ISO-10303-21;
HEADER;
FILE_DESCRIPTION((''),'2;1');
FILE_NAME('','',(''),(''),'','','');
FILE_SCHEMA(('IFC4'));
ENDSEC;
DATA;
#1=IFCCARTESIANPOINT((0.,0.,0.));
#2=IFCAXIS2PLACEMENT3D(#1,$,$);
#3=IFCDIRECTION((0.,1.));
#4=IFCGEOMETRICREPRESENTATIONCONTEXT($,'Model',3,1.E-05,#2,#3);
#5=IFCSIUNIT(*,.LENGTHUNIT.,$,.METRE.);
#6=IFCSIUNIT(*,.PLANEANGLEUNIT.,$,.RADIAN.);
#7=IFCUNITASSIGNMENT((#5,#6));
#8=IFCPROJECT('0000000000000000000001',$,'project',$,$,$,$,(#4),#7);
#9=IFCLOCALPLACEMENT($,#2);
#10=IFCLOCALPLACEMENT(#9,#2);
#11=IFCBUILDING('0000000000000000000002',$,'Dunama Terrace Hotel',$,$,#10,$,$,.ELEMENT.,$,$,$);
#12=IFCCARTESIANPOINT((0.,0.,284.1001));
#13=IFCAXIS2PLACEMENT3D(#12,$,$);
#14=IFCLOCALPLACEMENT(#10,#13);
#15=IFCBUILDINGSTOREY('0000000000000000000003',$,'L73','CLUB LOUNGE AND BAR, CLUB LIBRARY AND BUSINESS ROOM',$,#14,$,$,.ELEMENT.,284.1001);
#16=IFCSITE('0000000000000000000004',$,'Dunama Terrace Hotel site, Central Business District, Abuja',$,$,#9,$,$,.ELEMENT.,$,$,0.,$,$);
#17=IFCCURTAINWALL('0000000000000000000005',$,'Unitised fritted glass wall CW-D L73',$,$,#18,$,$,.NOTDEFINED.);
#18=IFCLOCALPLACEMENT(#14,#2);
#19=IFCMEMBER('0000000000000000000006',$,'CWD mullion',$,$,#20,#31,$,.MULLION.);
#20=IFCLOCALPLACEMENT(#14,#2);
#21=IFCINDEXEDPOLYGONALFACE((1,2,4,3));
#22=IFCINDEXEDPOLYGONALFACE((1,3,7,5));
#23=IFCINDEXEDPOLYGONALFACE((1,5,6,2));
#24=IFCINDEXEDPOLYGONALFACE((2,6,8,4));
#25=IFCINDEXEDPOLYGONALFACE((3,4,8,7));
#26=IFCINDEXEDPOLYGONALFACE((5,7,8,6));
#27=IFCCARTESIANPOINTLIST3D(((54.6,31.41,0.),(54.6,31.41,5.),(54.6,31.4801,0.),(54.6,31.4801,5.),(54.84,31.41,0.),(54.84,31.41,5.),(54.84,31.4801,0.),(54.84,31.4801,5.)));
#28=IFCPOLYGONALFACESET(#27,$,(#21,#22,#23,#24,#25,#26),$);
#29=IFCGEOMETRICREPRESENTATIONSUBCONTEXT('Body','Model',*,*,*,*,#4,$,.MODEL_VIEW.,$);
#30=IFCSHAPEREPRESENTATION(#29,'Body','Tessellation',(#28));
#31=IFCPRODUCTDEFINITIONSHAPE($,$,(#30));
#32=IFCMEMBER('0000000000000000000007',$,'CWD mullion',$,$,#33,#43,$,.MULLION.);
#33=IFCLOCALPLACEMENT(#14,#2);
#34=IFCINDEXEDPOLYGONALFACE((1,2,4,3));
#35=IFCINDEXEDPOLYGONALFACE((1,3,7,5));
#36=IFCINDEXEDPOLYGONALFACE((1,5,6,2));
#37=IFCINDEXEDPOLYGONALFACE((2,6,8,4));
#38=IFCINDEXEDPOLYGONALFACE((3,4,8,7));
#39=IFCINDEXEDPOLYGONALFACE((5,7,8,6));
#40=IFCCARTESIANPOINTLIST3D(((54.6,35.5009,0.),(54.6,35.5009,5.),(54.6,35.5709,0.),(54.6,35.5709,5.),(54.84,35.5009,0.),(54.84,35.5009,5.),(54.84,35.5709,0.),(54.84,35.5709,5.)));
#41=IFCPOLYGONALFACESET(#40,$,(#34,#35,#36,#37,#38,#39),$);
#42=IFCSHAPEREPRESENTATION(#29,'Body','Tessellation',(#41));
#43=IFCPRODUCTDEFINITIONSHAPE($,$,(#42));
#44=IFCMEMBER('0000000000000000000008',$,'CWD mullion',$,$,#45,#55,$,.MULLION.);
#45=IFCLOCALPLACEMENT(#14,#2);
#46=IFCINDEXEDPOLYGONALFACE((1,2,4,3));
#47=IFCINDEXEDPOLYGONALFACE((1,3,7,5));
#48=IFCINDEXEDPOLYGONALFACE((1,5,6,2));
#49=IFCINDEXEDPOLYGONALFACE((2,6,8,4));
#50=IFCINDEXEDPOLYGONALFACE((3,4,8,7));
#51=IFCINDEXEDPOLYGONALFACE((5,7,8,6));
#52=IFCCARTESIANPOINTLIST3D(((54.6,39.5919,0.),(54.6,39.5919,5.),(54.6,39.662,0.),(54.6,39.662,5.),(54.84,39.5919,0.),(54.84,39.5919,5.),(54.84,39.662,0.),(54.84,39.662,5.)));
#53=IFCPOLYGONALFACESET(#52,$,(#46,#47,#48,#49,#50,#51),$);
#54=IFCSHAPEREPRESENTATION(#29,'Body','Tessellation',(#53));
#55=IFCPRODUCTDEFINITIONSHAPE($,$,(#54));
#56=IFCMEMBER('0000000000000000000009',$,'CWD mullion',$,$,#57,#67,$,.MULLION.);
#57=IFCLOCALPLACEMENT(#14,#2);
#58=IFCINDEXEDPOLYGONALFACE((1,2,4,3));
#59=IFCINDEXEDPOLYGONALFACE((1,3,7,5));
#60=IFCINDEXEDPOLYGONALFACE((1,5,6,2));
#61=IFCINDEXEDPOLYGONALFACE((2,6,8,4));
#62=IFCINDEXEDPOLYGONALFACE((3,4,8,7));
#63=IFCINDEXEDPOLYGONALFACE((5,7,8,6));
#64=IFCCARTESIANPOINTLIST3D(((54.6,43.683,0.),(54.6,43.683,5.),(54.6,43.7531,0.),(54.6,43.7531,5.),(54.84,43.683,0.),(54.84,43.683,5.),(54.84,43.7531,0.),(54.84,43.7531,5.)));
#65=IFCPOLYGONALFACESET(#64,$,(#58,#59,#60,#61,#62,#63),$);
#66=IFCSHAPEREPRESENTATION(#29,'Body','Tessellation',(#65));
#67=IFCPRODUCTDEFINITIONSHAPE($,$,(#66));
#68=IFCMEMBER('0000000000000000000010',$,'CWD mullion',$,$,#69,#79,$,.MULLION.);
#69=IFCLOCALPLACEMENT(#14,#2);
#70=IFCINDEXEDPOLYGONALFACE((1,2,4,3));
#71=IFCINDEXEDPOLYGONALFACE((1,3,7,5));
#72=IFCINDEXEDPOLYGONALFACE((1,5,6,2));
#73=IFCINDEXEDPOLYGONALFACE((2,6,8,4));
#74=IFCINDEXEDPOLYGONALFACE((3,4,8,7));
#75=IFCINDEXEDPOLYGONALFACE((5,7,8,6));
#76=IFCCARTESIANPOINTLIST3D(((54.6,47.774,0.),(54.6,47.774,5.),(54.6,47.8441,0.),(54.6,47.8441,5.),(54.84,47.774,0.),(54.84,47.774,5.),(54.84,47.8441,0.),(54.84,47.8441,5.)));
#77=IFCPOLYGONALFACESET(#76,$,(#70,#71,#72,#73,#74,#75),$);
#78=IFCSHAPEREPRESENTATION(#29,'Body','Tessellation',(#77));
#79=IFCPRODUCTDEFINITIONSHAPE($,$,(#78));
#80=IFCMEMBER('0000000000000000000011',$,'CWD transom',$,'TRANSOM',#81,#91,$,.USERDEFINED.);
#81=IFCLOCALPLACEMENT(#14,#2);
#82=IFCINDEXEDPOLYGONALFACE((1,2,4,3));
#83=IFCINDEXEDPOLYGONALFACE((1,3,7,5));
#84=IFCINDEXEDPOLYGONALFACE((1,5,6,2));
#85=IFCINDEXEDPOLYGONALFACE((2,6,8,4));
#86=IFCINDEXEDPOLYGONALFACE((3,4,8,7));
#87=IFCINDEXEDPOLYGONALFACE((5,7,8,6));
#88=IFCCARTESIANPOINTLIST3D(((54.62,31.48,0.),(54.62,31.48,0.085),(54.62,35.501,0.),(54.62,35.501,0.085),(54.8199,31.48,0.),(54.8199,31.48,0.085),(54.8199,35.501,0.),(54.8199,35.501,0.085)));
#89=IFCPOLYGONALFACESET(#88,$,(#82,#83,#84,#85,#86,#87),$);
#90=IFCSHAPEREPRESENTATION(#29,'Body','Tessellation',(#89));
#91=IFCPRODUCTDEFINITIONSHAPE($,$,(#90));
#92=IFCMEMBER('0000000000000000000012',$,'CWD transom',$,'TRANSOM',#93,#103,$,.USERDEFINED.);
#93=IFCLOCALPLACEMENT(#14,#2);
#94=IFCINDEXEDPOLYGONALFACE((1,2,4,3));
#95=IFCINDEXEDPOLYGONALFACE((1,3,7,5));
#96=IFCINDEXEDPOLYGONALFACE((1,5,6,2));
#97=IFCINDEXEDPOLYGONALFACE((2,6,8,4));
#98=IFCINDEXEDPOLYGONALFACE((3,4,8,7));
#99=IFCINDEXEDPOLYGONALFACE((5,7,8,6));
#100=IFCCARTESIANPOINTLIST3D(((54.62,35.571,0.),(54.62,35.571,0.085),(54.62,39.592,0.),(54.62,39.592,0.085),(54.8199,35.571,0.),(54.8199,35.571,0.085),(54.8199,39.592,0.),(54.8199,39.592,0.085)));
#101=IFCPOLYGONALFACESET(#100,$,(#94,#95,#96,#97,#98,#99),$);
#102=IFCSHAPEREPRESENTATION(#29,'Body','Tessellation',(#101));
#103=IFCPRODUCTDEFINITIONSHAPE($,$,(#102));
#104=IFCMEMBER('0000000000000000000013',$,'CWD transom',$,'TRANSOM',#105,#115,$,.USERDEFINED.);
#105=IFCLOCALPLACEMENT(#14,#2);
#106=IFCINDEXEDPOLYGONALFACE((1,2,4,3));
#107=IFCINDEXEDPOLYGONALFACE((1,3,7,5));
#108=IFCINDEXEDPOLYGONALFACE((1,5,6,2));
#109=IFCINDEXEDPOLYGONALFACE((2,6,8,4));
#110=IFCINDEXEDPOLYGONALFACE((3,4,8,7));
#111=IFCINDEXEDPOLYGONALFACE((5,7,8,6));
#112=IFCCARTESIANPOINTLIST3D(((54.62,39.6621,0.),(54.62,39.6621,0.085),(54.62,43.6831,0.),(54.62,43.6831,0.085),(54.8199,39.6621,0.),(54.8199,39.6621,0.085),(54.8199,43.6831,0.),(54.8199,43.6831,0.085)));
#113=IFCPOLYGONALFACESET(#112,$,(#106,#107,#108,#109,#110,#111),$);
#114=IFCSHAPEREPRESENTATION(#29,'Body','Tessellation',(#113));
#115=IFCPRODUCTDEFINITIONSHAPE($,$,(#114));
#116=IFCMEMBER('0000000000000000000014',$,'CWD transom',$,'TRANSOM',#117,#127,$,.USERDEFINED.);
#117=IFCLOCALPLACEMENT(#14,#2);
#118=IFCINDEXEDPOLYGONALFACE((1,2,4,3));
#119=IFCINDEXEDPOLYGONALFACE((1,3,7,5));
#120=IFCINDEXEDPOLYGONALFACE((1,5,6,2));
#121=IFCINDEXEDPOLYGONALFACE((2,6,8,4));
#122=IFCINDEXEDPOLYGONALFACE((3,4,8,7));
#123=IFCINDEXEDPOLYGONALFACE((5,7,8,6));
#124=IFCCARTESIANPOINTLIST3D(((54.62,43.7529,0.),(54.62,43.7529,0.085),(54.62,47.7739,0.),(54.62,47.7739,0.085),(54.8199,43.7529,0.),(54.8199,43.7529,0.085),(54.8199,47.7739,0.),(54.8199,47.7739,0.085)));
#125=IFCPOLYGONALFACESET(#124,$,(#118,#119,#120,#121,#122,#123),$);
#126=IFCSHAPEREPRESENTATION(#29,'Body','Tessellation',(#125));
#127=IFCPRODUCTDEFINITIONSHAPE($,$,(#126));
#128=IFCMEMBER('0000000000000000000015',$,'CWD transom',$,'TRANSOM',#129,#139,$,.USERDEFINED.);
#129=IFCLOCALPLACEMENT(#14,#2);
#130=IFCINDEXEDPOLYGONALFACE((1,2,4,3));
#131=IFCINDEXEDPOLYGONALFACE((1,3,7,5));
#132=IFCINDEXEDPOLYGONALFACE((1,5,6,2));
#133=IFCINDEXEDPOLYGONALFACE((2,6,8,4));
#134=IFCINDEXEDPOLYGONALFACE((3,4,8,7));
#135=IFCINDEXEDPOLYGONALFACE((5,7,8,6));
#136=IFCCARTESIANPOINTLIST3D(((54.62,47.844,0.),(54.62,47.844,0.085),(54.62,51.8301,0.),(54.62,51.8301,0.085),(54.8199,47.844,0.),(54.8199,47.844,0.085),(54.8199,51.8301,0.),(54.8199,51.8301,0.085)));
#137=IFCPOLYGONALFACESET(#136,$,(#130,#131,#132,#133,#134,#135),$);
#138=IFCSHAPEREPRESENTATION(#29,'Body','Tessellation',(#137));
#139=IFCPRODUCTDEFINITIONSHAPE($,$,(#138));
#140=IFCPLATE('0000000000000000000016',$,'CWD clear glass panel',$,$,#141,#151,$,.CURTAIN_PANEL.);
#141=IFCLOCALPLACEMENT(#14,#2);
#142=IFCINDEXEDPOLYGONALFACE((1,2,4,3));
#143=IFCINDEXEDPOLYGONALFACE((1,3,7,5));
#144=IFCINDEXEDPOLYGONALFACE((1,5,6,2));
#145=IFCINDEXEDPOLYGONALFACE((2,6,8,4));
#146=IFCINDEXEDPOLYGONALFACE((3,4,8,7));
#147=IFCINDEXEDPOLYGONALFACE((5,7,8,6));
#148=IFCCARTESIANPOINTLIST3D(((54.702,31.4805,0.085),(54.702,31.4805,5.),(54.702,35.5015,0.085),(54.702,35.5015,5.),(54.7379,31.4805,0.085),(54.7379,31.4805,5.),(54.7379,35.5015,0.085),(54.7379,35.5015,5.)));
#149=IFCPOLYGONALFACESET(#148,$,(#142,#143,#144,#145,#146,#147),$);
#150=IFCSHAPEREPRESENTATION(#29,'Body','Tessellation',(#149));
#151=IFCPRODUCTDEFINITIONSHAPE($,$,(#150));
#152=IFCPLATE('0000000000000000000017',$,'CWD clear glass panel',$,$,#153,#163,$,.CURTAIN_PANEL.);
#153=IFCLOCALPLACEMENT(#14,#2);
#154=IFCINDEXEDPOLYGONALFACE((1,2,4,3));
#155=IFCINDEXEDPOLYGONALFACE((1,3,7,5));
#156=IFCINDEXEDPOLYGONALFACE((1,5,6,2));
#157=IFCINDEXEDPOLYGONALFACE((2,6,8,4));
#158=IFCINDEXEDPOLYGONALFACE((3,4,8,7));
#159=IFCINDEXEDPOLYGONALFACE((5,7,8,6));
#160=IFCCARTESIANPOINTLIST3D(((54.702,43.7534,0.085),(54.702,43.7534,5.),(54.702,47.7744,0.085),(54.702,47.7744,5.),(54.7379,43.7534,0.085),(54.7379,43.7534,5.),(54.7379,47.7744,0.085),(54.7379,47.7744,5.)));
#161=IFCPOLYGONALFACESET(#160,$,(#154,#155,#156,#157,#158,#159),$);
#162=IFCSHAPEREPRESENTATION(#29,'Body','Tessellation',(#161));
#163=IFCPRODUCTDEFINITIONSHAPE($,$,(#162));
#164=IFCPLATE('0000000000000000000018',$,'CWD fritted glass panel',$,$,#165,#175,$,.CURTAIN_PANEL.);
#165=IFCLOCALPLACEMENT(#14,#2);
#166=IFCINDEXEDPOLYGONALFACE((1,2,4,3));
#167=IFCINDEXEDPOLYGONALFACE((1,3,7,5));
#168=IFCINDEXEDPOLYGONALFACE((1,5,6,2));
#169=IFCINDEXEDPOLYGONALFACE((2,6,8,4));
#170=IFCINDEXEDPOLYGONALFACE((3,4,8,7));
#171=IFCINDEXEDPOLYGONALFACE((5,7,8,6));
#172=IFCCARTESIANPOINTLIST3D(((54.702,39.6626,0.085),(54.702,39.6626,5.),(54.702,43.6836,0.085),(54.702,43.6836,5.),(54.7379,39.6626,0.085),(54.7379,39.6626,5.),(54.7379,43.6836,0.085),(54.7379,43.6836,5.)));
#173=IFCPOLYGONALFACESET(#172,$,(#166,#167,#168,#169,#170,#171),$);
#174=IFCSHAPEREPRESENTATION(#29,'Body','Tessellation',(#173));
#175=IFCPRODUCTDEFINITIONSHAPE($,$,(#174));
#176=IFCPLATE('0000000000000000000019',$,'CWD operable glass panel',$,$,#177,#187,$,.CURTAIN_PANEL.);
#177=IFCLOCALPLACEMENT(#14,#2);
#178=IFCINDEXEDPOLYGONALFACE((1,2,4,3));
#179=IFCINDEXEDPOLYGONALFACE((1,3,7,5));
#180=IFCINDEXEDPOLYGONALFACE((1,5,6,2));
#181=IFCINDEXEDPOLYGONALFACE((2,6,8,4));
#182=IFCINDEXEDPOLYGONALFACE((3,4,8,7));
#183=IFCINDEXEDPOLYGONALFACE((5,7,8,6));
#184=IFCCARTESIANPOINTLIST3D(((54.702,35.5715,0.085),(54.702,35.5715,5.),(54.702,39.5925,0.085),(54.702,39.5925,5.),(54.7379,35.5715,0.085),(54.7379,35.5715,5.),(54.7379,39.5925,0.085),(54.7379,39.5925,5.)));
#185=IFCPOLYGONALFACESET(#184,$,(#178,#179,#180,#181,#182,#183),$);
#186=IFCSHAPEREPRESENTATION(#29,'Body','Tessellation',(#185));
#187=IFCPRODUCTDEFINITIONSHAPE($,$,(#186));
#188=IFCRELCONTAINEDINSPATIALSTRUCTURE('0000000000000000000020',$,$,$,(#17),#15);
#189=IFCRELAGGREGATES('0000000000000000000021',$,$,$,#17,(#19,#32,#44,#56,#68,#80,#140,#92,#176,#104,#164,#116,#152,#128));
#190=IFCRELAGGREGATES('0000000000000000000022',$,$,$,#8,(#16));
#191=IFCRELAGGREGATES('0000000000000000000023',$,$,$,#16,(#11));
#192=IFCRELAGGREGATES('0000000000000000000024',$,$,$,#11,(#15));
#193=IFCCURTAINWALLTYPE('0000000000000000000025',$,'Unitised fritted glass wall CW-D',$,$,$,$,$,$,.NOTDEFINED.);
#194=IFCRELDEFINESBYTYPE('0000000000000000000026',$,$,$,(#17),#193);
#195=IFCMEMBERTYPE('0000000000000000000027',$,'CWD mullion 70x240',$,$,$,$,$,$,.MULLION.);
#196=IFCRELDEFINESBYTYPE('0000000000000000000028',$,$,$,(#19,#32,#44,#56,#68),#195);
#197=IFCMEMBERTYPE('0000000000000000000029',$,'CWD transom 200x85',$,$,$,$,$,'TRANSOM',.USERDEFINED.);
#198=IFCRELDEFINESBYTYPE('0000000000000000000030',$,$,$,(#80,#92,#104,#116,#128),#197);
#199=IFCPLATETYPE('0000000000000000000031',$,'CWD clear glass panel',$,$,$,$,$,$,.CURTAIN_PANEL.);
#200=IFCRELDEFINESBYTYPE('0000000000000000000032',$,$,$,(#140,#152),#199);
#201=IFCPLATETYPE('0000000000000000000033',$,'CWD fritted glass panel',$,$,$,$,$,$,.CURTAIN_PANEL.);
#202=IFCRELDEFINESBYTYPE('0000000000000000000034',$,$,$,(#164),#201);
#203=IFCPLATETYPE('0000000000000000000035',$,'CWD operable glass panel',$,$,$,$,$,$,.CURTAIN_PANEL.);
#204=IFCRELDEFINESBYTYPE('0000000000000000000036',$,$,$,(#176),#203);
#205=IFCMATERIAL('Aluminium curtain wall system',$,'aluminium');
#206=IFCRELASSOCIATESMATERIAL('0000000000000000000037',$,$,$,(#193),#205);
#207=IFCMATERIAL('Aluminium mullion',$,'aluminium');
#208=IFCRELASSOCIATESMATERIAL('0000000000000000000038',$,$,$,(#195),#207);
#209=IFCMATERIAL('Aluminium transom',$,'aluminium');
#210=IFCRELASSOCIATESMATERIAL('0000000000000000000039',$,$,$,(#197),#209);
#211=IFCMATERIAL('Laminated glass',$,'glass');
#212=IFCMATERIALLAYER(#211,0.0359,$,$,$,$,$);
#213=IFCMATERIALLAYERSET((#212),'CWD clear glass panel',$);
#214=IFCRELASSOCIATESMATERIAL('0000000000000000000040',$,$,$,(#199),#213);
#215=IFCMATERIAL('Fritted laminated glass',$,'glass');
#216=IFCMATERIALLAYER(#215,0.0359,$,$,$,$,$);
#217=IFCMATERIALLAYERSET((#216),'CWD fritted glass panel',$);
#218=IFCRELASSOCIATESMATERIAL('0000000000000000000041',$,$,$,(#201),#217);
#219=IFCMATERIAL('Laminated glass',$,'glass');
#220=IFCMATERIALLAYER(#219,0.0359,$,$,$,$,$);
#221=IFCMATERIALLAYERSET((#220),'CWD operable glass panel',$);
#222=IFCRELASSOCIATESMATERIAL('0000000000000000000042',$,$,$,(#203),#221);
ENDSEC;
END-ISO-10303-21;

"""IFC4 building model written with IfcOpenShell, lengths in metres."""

from ifc_helpers import new_model, si_unit, direction, frame, origin, origin_2d, place, context, subcontext, project, spatial, rectangle, extrude, material, layer, layer_set, material_profile, profile_set, type_object, element, aggregate, save


model = new_model("IFC4")

# Units and contexts
model_context = context("Model", 3, precision=1e-05, world=origin(), true_north=direction((0.0, 1.0)))
body_context = subcontext(model_context, "Body", "Model", "MODEL_VIEW")
ifc_project = project(units=[si_unit("LENGTHUNIT", "METRE"), si_unit("PLANEANGLEUNIT", "RADIAN")], contexts=[model_context])

# Site, building, storey
site_placement = place(None, origin())
site = spatial("IfcSite", under=ifc_project, at=site_placement, Name="Dunama Terrace Hotel site, Central Business District, Abuja", CompositionType="ELEMENT", RefElevation=0.0)
building_placement = place(site_placement, origin())
building = spatial("IfcBuilding", under=site, at=building_placement, Name="Dunama Terrace Hotel", CompositionType="ELEMENT")
storey_placement = place(building_placement, frame((0.0, 0.0, 284.1001)))
storey = spatial("IfcBuildingStorey", under=building, at=storey_placement, Name="L73", Description="CLUB LOUNGE AND BAR, CLUB LIBRARY AND BUSINESS ROOM", CompositionType="ELEMENT", Elevation=284.1001)

# Curtain wall, members, plates
ifc_material_1 = material(Name="Aluminium curtain wall system", Category="aluminium")
curtain_wall_type = type_object("IfcCurtainWallType", Name="Unitised fritted glass wall CW-D", PredefinedType="NOTDEFINED", material=ifc_material_1)
curtain_wall_placement = place(storey_placement, origin())
curtain_wall = element("IfcCurtainWall", 1, at=curtain_wall_placement, inside=storey, type_object=curtain_wall_type, Name="Unitised fritted glass wall CW-D L73", PredefinedType="NOTDEFINED")
ifc_material_2 = material(Name="Aluminium mullion", Category="aluminium")
ifc_material_profile_1 = material_profile(ifc_material_2, rectangle(XDim=0.0701, YDim=0.24, at=origin_2d()), Name="CWD MULLION 70X240")
ifc_profile_set_1 = profile_set([ifc_material_profile_1], Name="Aluminium mullion")
member_type_1 = type_object("IfcMemberType", Name="CWD mullion 70x240", PredefinedType="MULLION", material=ifc_profile_set_1)
member_1_placement = place(storey_placement, frame((54.72, 31.4451, 0.0), z_axis=(0.0, 0.0, 1.0), x_axis=(0.0, 1.0, 0.0)))
member_1 = element("IfcMember", 2, at=member_1_placement, type_object=member_type_1, Name="CWD mullion", PredefinedType="MULLION", context=body_context, shape_type="SweptSolid", body=[
    extrude(rectangle(XDim=0.0701, YDim=0.24, at=origin_2d()), origin(), (0.0, 0.0, 1.0), 5.0),
])
member_2_placement = place(storey_placement, frame((54.72, 35.5359, 0.0), z_axis=(0.0, 0.0, 1.0), x_axis=(0.0, 1.0, 0.0)))
member_2 = element("IfcMember", 3, at=member_2_placement, type_object=member_type_1, Name="CWD mullion", PredefinedType="MULLION", context=body_context, shape_type="SweptSolid", body=[
    extrude(rectangle(XDim=0.0701, YDim=0.24, at=origin_2d()), origin(), (0.0, 0.0, 1.0), 5.0),
])
member_3_placement = place(storey_placement, frame((54.72, 39.627, 0.0), z_axis=(0.0, 0.0, 1.0), x_axis=(0.0, 1.0, 0.0)))
member_3 = element("IfcMember", 4, at=member_3_placement, type_object=member_type_1, Name="CWD mullion", PredefinedType="MULLION", context=body_context, shape_type="SweptSolid", body=[
    extrude(rectangle(XDim=0.0701, YDim=0.24, at=origin_2d()), origin(), (0.0, 0.0, 1.0), 5.0),
])
member_4_placement = place(storey_placement, frame((54.72, 43.718, 0.0), z_axis=(0.0, 0.0, 1.0), x_axis=(0.0, 1.0, 0.0)))
member_4 = element("IfcMember", 5, at=member_4_placement, type_object=member_type_1, Name="CWD mullion", PredefinedType="MULLION", context=body_context, shape_type="SweptSolid", body=[
    extrude(rectangle(XDim=0.0701, YDim=0.24, at=origin_2d()), origin(), (0.0, 0.0, 1.0), 5.0),
])
member_5_placement = place(storey_placement, frame((54.72, 47.8091, 0.0), z_axis=(0.0, 0.0, 1.0), x_axis=(0.0, 1.0, 0.0)))
member_5 = element("IfcMember", 6, at=member_5_placement, type_object=member_type_1, Name="CWD mullion", PredefinedType="MULLION", context=body_context, shape_type="SweptSolid", body=[
    extrude(rectangle(XDim=0.0701, YDim=0.24, at=origin_2d()), origin(), (0.0, 0.0, 1.0), 5.0),
])
ifc_material_3 = material(Name="Aluminium transom", Category="aluminium")
ifc_material_profile_2 = material_profile(ifc_material_3, rectangle(XDim=0.2, YDim=0.085, at=origin_2d()), Name="CWD TRANSOM 200X85")
ifc_profile_set_2 = profile_set([ifc_material_profile_2], Name="Aluminium transom")
member_type_2 = type_object("IfcMemberType", Name="CWD transom 200x85", ElementType="TRANSOM", PredefinedType="USERDEFINED", material=ifc_profile_set_2)
member_6_placement = place(storey_placement, frame((54.72, 31.48, 0.0425), z_axis=(0.0, 1.0, 0.0), x_axis=(-1.0, 0.0, 0.0)))
member_6 = element("IfcMember", 7, at=member_6_placement, type_object=member_type_2, Name="CWD transom", ObjectType="TRANSOM", PredefinedType="USERDEFINED", context=body_context, shape_type="SweptSolid", body=[
    extrude(rectangle(XDim=0.2, YDim=0.085, at=origin_2d()), origin(), (0.0, 0.0, 1.0), 4.021),
])
member_7_placement = place(storey_placement, frame((54.72, 35.571, 0.0425), z_axis=(0.0, 1.0, 0.0), x_axis=(-1.0, 0.0, 0.0)))
member_7 = element("IfcMember", 8, at=member_7_placement, type_object=member_type_2, Name="CWD transom", ObjectType="TRANSOM", PredefinedType="USERDEFINED", context=body_context, shape_type="SweptSolid", body=[
    extrude(rectangle(XDim=0.2, YDim=0.085, at=origin_2d()), origin(), (0.0, 0.0, 1.0), 4.021),
])
member_8_placement = place(storey_placement, frame((54.72, 39.6621, 0.0425), z_axis=(0.0, 1.0, 0.0), x_axis=(-1.0, 0.0, 0.0)))
member_8 = element("IfcMember", 9, at=member_8_placement, type_object=member_type_2, Name="CWD transom", ObjectType="TRANSOM", PredefinedType="USERDEFINED", context=body_context, shape_type="SweptSolid", body=[
    extrude(rectangle(XDim=0.2, YDim=0.085, at=origin_2d()), origin(), (0.0, 0.0, 1.0), 4.021),
])
member_9_placement = place(storey_placement, frame((54.72, 43.7529, 0.0425), z_axis=(0.0, 1.0, 0.0), x_axis=(-1.0, 0.0, 0.0)))
member_9 = element("IfcMember", 10, at=member_9_placement, type_object=member_type_2, Name="CWD transom", ObjectType="TRANSOM", PredefinedType="USERDEFINED", context=body_context, shape_type="SweptSolid", body=[
    extrude(rectangle(XDim=0.2, YDim=0.085, at=origin_2d()), origin(), (0.0, 0.0, 1.0), 4.021),
])
member_10_placement = place(storey_placement, frame((54.72, 47.844, 0.0425), z_axis=(0.0, 1.0, 0.0), x_axis=(-1.0, 0.0, 0.0)))
member_10 = element("IfcMember", 11, at=member_10_placement, type_object=member_type_2, Name="CWD transom", ObjectType="TRANSOM", PredefinedType="USERDEFINED", context=body_context, shape_type="SweptSolid", body=[
    extrude(rectangle(XDim=0.2, YDim=0.085, at=origin_2d()), origin(), (0.0, 0.0, 1.0), 3.9861),
])
ifc_material_4 = material(Name="Laminated glass", Category="glass")
ifc_layer_1 = layer(ifc_material_4, 0.0359)
ifc_layer_set_1 = layer_set([ifc_layer_1], Name="CWD clear glass panel")
plate_type_1 = type_object("IfcPlateType", Name="CWD clear glass panel", PredefinedType="CURTAIN_PANEL", material=ifc_layer_set_1)
plate_1_placement = place(storey_placement, frame((54.72, 33.491, 0.085), z_axis=(0.0, 0.0, 1.0), x_axis=(0.0, 1.0, 0.0)))
plate_1 = element("IfcPlate", 12, at=plate_1_placement, type_object=plate_type_1, Name="CWD clear glass panel", PredefinedType="CURTAIN_PANEL", context=body_context, shape_type="SweptSolid", body=[
    extrude(rectangle(XDim=4.021, YDim=0.0359, at=origin_2d()), origin(), (0.0, 0.0, 1.0), 4.915),
])
plate_2_placement = place(storey_placement, frame((54.72, 45.7639, 0.085), z_axis=(0.0, 0.0, 1.0), x_axis=(0.0, 1.0, 0.0)))
plate_2 = element("IfcPlate", 13, at=plate_2_placement, type_object=plate_type_1, Name="CWD clear glass panel", PredefinedType="CURTAIN_PANEL", context=body_context, shape_type="SweptSolid", body=[
    extrude(rectangle(XDim=4.021, YDim=0.0359, at=origin_2d()), origin(), (0.0, 0.0, 1.0), 4.915),
])
ifc_material_5 = material(Name="Fritted laminated glass", Category="glass")
ifc_layer_2 = layer(ifc_material_5, 0.0359)
ifc_layer_set_2 = layer_set([ifc_layer_2], Name="CWD fritted glass panel")
plate_type_2 = type_object("IfcPlateType", Name="CWD fritted glass panel", PredefinedType="CURTAIN_PANEL", material=ifc_layer_set_2)
plate_3_placement = place(storey_placement, frame((54.72, 41.6731, 0.085), z_axis=(0.0, 0.0, 1.0), x_axis=(0.0, 1.0, 0.0)))
plate_3 = element("IfcPlate", 14, at=plate_3_placement, type_object=plate_type_2, Name="CWD fritted glass panel", PredefinedType="CURTAIN_PANEL", context=body_context, shape_type="SweptSolid", body=[
    extrude(rectangle(XDim=4.021, YDim=0.0359, at=origin_2d()), origin(), (0.0, 0.0, 1.0), 4.915),
])
ifc_material_6 = material(Name="Laminated glass", Category="glass")
ifc_layer_3 = layer(ifc_material_6, 0.0359)
ifc_layer_set_3 = layer_set([ifc_layer_3], Name="CWD operable glass panel")
plate_type_3 = type_object("IfcPlateType", Name="CWD operable glass panel", PredefinedType="CURTAIN_PANEL", material=ifc_layer_set_3)
plate_4_placement = place(storey_placement, frame((54.72, 37.582, 0.085), z_axis=(0.0, 0.0, 1.0), x_axis=(0.0, 1.0, 0.0)))
plate_4 = element("IfcPlate", 15, at=plate_4_placement, type_object=plate_type_3, Name="CWD operable glass panel", PredefinedType="CURTAIN_PANEL", context=body_context, shape_type="SweptSolid", body=[
    extrude(rectangle(XDim=4.021, YDim=0.0359, at=origin_2d()), origin(), (0.0, 0.0, 1.0), 4.915),
])
aggregate(curtain_wall, [member_1, member_2, member_3, member_4, member_5, member_6, plate_1, member_7, plate_4, member_8, plate_3, member_9, plate_2, member_10])

save(model, "model.ifc")
